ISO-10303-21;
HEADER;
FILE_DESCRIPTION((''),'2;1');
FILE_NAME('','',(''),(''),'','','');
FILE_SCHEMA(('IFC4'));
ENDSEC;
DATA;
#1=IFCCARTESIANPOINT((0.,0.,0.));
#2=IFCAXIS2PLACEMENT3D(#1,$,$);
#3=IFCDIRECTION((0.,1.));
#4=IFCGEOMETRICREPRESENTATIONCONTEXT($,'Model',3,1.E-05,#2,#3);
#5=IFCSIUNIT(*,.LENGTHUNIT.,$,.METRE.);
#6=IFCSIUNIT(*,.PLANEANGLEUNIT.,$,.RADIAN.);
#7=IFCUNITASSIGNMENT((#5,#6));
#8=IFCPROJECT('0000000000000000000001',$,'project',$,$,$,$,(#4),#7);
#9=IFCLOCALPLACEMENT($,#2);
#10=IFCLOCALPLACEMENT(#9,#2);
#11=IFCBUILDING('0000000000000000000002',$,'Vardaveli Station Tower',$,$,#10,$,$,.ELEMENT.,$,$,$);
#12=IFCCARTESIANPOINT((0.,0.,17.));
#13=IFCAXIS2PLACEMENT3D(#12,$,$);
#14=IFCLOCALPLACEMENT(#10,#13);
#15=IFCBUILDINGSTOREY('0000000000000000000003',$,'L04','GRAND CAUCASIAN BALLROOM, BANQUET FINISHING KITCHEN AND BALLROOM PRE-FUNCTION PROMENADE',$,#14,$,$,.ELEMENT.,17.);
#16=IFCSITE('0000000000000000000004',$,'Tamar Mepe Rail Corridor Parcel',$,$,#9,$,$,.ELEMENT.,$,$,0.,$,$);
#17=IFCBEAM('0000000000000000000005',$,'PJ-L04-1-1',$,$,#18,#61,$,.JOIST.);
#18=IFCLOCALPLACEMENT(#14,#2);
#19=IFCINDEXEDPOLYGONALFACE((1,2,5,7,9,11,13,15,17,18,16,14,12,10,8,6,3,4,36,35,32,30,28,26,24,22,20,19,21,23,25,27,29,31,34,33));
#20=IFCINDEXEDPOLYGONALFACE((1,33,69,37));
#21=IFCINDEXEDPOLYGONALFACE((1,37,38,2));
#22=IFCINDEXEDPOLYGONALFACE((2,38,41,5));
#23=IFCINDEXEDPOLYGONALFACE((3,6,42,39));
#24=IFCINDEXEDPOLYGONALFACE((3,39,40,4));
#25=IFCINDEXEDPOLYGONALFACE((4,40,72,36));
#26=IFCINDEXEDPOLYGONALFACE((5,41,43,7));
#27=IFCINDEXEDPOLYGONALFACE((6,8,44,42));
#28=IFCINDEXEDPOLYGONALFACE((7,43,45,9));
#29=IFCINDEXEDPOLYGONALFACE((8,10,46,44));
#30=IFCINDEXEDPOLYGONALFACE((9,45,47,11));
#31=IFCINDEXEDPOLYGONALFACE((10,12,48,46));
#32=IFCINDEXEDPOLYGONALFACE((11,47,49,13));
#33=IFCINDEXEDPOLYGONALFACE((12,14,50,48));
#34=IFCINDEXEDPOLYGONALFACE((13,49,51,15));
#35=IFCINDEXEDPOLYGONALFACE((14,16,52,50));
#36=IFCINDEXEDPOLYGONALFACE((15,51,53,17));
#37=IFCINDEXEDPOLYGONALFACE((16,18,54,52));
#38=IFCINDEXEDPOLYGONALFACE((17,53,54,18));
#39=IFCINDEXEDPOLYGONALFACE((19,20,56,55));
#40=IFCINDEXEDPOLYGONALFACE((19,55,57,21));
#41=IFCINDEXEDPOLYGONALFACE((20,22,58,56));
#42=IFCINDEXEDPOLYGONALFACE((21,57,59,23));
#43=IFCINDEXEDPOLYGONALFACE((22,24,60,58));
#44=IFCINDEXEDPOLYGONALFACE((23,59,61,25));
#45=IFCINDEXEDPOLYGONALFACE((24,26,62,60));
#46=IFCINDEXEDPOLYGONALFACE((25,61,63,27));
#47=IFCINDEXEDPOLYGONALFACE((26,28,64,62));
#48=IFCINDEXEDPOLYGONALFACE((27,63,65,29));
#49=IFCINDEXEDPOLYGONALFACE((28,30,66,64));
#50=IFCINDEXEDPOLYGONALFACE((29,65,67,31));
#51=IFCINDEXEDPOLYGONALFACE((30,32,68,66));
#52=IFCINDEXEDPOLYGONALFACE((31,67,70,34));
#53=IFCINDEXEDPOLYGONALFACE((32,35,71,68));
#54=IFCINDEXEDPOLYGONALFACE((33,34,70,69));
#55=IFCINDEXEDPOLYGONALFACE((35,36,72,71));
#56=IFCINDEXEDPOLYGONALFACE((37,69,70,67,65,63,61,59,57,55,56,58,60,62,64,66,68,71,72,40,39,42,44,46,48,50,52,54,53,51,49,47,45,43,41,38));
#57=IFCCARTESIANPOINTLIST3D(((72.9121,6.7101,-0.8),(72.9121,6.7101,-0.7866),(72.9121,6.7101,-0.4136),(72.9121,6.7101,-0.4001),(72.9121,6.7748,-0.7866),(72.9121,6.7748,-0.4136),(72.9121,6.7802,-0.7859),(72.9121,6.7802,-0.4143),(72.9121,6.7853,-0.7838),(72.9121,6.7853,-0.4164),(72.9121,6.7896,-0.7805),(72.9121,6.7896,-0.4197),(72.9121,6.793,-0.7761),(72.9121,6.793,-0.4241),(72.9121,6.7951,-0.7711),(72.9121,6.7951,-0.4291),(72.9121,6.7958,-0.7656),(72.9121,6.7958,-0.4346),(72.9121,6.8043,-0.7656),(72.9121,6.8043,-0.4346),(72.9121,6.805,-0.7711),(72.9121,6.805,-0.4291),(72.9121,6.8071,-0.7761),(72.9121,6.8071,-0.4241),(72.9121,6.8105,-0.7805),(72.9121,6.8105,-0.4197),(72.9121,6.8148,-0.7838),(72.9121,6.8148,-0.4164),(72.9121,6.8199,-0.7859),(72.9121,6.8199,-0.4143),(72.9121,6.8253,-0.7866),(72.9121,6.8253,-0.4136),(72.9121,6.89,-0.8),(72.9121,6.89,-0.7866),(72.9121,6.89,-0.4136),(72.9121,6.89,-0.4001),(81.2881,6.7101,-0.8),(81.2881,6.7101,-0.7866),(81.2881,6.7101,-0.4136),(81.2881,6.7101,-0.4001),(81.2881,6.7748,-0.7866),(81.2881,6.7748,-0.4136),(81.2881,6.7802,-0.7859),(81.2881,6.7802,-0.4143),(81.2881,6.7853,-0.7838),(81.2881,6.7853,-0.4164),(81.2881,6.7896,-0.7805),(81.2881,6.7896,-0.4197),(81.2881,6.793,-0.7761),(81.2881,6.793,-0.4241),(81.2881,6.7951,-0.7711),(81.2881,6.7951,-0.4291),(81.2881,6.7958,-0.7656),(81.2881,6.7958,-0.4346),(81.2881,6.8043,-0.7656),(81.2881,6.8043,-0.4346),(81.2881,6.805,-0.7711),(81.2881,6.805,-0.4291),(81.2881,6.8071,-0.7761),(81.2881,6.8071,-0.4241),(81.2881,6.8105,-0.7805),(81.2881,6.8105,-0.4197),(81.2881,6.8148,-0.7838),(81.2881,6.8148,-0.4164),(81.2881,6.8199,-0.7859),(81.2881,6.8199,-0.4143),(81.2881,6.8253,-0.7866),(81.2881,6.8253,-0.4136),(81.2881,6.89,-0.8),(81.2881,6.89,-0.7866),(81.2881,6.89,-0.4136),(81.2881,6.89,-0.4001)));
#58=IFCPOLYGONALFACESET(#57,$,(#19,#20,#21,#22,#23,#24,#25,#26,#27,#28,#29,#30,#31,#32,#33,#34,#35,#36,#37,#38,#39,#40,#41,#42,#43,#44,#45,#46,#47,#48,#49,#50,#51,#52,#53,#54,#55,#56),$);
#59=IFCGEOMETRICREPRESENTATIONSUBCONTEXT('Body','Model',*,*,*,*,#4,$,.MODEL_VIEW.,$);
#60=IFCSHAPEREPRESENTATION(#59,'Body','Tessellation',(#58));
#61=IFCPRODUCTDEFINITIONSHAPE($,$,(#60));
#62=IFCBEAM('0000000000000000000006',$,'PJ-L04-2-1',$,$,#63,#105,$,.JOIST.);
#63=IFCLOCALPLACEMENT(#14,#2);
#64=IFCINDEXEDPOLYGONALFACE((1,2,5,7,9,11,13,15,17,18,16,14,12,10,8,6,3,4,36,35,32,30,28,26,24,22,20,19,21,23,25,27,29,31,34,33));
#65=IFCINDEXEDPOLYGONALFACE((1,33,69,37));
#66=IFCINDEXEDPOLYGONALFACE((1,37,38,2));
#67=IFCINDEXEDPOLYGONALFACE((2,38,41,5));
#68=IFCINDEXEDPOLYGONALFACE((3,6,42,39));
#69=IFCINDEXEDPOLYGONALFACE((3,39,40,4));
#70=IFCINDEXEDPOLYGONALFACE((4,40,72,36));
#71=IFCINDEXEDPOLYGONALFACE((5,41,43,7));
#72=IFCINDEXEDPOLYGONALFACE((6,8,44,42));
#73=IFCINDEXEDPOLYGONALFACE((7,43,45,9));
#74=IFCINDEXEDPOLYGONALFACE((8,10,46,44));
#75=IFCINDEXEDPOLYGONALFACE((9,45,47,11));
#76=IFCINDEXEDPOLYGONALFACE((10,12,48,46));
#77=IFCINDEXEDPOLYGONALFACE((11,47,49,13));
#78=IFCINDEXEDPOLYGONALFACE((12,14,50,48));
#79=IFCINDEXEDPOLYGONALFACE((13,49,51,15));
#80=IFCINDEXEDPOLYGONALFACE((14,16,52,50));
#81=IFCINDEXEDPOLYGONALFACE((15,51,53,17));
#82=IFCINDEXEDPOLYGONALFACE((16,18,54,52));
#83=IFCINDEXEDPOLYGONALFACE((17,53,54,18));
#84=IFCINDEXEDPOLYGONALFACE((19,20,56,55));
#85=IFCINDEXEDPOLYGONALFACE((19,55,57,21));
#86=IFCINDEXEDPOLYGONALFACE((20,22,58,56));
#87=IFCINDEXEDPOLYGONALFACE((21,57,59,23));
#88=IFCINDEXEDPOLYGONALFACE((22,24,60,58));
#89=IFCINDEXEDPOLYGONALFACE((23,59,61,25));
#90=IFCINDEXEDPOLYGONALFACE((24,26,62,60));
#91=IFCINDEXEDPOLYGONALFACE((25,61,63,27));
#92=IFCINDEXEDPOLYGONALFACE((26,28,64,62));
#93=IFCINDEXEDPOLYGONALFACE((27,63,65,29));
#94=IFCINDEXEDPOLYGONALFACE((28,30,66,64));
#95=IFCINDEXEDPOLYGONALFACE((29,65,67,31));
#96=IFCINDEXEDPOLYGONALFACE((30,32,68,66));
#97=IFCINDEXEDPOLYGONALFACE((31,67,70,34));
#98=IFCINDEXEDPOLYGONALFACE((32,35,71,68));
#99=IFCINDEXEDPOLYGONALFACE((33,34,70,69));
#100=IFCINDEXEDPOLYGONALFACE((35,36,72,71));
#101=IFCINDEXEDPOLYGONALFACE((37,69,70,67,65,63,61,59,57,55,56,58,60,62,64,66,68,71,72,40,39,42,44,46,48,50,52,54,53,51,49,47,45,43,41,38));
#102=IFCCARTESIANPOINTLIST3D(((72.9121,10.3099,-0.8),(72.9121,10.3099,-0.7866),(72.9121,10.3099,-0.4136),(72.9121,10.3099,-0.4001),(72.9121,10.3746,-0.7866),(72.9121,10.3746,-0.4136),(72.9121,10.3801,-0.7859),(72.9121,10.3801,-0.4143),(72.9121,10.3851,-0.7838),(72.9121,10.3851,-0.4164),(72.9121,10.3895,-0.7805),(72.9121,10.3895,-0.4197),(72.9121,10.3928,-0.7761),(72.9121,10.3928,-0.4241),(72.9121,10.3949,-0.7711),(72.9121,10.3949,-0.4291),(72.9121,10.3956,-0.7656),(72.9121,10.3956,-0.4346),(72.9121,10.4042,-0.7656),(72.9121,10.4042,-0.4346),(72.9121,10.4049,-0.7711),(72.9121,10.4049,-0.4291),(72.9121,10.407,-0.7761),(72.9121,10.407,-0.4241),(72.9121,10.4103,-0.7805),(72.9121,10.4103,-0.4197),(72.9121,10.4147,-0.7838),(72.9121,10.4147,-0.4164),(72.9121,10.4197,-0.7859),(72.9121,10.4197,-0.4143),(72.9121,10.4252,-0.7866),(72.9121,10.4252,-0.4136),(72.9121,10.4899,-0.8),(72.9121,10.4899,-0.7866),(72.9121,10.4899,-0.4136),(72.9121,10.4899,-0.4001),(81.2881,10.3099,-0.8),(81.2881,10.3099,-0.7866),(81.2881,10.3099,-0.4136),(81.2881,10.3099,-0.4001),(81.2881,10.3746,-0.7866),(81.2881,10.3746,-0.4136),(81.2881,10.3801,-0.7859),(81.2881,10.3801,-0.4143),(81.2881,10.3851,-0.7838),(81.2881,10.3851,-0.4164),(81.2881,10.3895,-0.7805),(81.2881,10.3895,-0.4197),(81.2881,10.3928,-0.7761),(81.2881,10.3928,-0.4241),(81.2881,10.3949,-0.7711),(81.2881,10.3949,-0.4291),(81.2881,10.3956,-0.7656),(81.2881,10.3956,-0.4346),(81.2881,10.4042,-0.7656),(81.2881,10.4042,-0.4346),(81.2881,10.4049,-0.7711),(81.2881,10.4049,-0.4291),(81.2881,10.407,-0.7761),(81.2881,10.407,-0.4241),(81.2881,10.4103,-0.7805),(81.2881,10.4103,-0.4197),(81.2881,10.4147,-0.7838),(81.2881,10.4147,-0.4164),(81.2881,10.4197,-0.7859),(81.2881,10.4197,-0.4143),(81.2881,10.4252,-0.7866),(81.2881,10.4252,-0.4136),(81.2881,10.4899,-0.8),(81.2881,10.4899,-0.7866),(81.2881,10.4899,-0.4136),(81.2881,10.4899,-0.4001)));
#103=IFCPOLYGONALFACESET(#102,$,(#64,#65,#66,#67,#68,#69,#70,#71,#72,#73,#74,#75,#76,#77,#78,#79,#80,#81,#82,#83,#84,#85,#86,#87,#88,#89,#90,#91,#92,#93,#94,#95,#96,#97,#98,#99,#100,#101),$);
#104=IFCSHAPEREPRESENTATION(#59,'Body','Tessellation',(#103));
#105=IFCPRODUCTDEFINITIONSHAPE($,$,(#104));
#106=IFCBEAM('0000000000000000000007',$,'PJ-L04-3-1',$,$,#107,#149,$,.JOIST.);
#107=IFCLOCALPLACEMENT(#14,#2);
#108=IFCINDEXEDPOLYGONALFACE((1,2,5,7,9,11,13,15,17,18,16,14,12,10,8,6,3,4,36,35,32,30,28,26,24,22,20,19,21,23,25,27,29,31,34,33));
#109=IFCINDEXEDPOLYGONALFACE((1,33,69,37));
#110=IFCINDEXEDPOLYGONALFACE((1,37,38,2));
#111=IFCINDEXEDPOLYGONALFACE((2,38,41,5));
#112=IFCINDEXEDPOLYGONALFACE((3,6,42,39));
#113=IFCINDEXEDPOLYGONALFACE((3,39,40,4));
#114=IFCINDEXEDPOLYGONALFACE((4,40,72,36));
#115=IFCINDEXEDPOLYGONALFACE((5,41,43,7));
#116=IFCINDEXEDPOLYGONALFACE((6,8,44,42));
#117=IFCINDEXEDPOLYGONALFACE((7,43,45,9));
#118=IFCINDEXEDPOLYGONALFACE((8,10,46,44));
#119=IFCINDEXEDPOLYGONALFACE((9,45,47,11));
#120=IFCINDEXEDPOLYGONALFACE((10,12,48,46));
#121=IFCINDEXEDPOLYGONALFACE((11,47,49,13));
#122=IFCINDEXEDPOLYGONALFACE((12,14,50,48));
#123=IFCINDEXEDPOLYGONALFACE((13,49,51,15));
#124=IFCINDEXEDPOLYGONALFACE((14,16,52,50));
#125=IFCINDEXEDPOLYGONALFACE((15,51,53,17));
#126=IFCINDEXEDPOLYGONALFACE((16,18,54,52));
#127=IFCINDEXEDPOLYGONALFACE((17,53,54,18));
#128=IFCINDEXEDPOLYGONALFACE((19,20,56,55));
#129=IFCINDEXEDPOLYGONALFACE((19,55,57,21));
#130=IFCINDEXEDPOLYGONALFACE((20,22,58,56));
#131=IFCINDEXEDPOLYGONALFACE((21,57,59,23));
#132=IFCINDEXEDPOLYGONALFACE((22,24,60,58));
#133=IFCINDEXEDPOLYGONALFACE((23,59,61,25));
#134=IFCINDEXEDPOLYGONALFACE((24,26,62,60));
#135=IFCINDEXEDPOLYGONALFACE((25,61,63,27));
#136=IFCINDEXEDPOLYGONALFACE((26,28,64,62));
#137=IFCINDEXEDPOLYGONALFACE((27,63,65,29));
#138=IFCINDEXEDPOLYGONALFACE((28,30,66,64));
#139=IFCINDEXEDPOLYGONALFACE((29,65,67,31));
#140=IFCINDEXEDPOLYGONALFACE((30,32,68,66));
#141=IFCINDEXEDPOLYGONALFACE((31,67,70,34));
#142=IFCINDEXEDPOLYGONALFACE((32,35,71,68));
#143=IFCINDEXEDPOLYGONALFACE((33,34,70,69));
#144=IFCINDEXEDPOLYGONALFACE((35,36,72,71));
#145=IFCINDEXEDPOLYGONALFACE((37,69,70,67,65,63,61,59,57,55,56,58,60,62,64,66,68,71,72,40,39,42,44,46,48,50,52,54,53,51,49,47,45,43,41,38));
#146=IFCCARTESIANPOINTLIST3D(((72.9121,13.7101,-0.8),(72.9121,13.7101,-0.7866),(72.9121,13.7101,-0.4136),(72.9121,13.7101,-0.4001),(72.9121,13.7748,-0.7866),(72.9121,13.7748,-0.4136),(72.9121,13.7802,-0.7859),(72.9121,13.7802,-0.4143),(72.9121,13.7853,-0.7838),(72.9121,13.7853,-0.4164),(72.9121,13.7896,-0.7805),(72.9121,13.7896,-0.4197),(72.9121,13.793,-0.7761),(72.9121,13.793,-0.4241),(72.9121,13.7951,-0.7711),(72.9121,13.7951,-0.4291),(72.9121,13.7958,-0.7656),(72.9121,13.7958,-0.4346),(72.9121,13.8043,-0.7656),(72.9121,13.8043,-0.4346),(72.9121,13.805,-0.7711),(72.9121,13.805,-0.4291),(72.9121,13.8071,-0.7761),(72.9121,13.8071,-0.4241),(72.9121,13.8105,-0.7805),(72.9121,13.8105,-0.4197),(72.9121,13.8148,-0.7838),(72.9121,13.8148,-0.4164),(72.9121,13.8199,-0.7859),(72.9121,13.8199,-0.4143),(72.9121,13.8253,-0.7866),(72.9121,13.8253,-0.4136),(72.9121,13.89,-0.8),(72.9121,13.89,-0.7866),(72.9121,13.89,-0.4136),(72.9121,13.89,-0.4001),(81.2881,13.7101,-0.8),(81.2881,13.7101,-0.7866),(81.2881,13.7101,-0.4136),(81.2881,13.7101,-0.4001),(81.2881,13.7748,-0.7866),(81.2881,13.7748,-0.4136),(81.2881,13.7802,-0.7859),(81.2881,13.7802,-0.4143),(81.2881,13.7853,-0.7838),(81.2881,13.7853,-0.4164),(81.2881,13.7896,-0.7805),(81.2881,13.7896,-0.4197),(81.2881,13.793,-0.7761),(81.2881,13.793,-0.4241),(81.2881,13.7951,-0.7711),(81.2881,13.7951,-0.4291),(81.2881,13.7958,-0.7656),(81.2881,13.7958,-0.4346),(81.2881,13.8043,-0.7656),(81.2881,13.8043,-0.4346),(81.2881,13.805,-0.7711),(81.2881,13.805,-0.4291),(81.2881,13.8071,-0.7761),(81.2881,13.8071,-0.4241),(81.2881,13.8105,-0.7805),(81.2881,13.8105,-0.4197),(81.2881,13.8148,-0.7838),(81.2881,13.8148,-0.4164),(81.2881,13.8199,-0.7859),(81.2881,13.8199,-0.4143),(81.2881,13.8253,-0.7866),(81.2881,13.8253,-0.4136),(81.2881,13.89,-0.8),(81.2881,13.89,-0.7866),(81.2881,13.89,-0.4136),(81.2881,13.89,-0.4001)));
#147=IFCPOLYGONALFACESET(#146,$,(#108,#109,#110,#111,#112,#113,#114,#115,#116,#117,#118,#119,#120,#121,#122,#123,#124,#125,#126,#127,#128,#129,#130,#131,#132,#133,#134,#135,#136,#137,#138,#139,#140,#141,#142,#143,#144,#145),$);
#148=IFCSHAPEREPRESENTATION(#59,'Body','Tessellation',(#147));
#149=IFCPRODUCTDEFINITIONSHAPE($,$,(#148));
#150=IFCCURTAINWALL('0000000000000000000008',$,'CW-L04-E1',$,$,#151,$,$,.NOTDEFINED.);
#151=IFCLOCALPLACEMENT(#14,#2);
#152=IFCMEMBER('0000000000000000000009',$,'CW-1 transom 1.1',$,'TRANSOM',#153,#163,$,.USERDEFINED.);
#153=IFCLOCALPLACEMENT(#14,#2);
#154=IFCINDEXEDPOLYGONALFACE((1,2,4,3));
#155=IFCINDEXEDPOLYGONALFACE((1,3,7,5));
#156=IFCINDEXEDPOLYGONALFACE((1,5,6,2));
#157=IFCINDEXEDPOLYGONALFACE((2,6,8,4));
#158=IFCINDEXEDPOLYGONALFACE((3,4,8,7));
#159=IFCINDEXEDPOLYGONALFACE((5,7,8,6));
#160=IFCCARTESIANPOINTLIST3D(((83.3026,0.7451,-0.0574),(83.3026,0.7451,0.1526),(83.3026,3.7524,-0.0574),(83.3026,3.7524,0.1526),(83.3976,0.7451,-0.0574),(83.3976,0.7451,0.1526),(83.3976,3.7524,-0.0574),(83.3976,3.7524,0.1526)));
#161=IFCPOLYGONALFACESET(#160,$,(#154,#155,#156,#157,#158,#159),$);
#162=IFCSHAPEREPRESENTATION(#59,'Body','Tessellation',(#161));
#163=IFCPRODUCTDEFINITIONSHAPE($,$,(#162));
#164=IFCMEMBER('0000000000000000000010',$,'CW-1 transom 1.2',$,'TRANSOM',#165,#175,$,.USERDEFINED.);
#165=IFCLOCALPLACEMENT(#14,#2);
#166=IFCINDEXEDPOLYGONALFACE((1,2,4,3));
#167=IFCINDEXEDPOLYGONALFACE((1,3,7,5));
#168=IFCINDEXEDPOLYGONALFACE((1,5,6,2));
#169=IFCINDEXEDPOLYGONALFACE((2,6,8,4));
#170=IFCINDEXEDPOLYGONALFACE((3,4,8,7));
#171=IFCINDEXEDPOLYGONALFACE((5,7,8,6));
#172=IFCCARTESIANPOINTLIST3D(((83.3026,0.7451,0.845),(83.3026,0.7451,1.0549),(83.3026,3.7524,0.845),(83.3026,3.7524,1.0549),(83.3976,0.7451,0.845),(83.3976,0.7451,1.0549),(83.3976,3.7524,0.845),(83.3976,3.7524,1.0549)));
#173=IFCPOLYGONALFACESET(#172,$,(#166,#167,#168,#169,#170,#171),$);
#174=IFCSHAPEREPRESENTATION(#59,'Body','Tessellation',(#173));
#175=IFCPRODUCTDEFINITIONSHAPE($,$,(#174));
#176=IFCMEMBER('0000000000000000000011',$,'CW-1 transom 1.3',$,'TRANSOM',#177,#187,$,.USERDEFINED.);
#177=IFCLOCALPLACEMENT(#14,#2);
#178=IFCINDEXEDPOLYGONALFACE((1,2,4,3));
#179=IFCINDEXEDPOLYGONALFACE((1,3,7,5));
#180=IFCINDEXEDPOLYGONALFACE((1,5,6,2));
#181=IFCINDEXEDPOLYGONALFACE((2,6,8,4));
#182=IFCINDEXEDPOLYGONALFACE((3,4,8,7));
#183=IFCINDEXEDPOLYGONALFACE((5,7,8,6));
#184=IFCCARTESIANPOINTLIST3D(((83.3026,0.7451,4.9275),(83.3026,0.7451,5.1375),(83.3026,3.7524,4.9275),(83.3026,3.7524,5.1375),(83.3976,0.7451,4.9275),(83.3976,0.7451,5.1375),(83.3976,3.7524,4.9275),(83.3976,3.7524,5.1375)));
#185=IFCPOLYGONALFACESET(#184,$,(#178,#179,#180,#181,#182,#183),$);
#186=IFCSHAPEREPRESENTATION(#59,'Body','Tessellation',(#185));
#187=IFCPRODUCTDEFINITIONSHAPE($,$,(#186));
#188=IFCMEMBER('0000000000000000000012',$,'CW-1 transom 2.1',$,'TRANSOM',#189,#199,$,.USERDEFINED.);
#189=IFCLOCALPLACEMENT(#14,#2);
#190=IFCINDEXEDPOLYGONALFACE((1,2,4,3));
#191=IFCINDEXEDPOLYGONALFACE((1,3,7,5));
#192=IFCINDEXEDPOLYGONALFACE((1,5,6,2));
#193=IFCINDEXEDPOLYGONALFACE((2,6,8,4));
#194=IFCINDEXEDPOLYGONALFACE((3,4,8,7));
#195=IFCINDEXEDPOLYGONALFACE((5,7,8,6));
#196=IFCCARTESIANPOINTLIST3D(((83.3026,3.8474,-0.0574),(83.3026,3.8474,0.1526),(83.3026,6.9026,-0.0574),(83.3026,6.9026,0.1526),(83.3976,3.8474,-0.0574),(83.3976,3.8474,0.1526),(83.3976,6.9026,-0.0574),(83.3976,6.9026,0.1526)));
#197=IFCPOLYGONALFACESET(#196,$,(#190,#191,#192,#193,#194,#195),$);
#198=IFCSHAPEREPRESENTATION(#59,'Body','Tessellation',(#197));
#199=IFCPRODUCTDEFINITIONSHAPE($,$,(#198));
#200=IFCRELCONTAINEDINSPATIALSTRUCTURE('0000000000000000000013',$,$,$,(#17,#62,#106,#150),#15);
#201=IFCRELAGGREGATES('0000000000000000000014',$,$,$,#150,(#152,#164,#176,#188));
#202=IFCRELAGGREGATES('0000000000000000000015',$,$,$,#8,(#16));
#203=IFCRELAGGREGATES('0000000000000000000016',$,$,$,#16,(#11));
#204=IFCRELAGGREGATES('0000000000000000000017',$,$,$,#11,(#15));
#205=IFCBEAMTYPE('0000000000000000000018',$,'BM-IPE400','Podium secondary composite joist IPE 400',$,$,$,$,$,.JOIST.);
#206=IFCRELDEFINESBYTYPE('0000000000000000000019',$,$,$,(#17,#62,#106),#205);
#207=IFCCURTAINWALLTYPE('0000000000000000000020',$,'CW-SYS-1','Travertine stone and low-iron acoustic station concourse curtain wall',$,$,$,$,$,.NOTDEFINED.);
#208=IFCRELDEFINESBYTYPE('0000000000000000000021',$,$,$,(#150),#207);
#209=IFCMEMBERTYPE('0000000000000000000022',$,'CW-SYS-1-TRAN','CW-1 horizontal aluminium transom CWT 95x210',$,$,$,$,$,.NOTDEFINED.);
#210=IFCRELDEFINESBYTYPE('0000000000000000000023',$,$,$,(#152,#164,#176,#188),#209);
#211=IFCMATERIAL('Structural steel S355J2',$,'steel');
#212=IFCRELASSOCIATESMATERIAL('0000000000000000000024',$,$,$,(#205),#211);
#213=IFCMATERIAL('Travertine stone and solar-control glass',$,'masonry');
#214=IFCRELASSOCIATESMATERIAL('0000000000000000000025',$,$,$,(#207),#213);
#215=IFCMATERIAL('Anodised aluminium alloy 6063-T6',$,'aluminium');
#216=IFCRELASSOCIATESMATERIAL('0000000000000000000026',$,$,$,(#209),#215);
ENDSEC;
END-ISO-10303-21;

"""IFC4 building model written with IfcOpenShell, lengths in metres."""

from ifc_helpers import new_model, si_unit, direction, frame, origin, origin_2d, place, context, subcontext, project, spatial, rectangle, i_section, extrude, source, transform, mapped, material, material_profile, profile_set, type_object, element, aggregate, save


model = new_model("IFC4")

# Units and contexts
model_context = context("Model", 3, precision=1e-05, world=origin(), true_north=direction((0.0, 1.0)))
body_context = subcontext(model_context, "Body", "Model", "MODEL_VIEW")
ifc_project = project(units=[si_unit("LENGTHUNIT", "METRE"), si_unit("PLANEANGLEUNIT", "RADIAN")], contexts=[model_context])

# Site, building, storey
site_placement = place(None, origin())
site = spatial("IfcSite", under=ifc_project, at=site_placement, Name="Tamar Mepe Rail Corridor Parcel", CompositionType="ELEMENT", RefElevation=0.0)
building_placement = place(site_placement, origin())
building = spatial("IfcBuilding", under=site, at=building_placement, Name="Vardaveli Station Tower", CompositionType="ELEMENT")
storey_placement = place(building_placement, frame((0.0, 0.0, 17.0)))
storey = spatial("IfcBuildingStorey", under=building, at=storey_placement, Name="L04", Description="GRAND CAUCASIAN BALLROOM, BANQUET FINISHING KITCHEN AND BALLROOM PRE-FUNCTION PROMENADE", CompositionType="ELEMENT", Elevation=17.0)

# Beams
ifc_material_1 = material(Name="Structural steel S355J2", Category="steel")
ifc_material_profile_1 = material_profile(ifc_material_1, i_section(OverallWidth=0.1799, OverallDepth=0.3999, WebThickness=0.0085, FlangeThickness=0.0134, FilletRadius=0.021, at=origin_2d()), Name="IPE 400")
ifc_profile_set_1 = profile_set([ifc_material_profile_1], Name="Structural steel S355J2")
beam_type_1 = type_object("IfcBeamType", Name="BM-IPE400", Description="Podium secondary composite joist IPE 400", PredefinedType="JOIST", material=ifc_profile_set_1)
shared_shape_1 = source(origin(), body_context, "Body", "SweptSolid", [
    extrude(i_section(OverallWidth=0.1799, OverallDepth=0.3999, WebThickness=0.0085, FlangeThickness=0.0134, FilletRadius=0.021, at=origin_2d()), origin(), (0.0, 0.0, 1.0), 8.376),
])
for number, where, z_axis, x_axis, name in (
    (1, (72.9121, 6.8, -0.6001), (1.0, 0.0, 0.0), (0.0, 1.0, 0.0), "PJ-L04-1-1"),
    (2, (72.9121, 10.3999, -0.6001), (1.0, 0.0, 0.0), (0.0, 1.0, 0.0), "PJ-L04-2-1"),
    (3, (72.9121, 13.8, -0.6001), (1.0, 0.0, 0.0), (0.0, 1.0, 0.0), "PJ-L04-3-1"),
):
    element("IfcBeam", number, at=place(storey_placement, frame(where, z_axis=z_axis, x_axis=x_axis)), inside=storey, type_object=beam_type_1, Name=name, PredefinedType="JOIST", context=body_context, shape_type="MappedRepresentation", body=[
        mapped(shared_shape_1, transform((0.0, 0.0, 0.0), scale=1.0)),
    ])

# Curtain wall, members
ifc_material_2 = material(Name="Travertine stone and solar-control glass", Category="masonry")
curtain_wall_type = type_object("IfcCurtainWallType", Name="CW-SYS-1", Description="Travertine stone and low-iron acoustic station concourse curtain wall", PredefinedType="NOTDEFINED", material=ifc_material_2)
curtain_wall_placement = place(storey_placement, origin())
curtain_wall = element("IfcCurtainWall", 4, at=curtain_wall_placement, inside=storey, type_object=curtain_wall_type, Name="CW-L04-E1", PredefinedType="NOTDEFINED")
ifc_material_3 = material(Name="Anodised aluminium alloy 6063-T6", Category="aluminium")
ifc_material_profile_2 = material_profile(ifc_material_3, rectangle(XDim=0.095, YDim=0.21, at=origin_2d()), Name="CWT 95x210")
ifc_profile_set_2 = profile_set([ifc_material_profile_2], Name="Anodised aluminium alloy 6063-T6")
member_type_1 = type_object("IfcMemberType", Name="CW-SYS-1-TRAN", Description="CW-1 horizontal aluminium transom CWT 95x210", PredefinedType="NOTDEFINED", material=ifc_profile_set_2)
shared_shape_2 = source(origin(), body_context, "Body", "SweptSolid", [
    extrude(rectangle(XDim=0.095, YDim=0.21, at=origin_2d()), origin(), (0.0, 0.0, 1.0), 3.0073),
])
member_1_placement = place(storey_placement, frame((83.3501, 0.7451, 0.0476), z_axis=(0.0, 1.0, 0.0), x_axis=(-1.0, 0.0, 0.0)))
member_1 = element("IfcMember", 5, at=member_1_placement, type_object=member_type_1, Name="CW-1 transom 1.1", ObjectType="TRANSOM", PredefinedType="USERDEFINED", context=body_context, shape_type="MappedRepresentation", body=[
    mapped(shared_shape_2, transform((0.0, 0.0, 0.0), scale=1.0)),
])
member_2_placement = place(storey_placement, frame((83.3501, 0.7451, 0.95), z_axis=(0.0, 1.0, 0.0), x_axis=(-1.0, 0.0, 0.0)))
member_2 = element("IfcMember", 6, at=member_2_placement, type_object=member_type_1, Name="CW-1 transom 1.2", ObjectType="TRANSOM", PredefinedType="USERDEFINED", context=body_context, shape_type="MappedRepresentation", body=[
    mapped(shared_shape_2, transform((0.0, 0.0, 0.0), scale=1.0)),
])
member_3_placement = place(storey_placement, frame((83.3501, 0.7451, 5.0325), z_axis=(0.0, 1.0, 0.0), x_axis=(-1.0, 0.0, 0.0)))
member_3 = element("IfcMember", 7, at=member_3_placement, type_object=member_type_1, Name="CW-1 transom 1.3", ObjectType="TRANSOM", PredefinedType="USERDEFINED", context=body_context, shape_type="MappedRepresentation", body=[
    mapped(shared_shape_2, transform((0.0, 0.0, 0.0), scale=1.0)),
])
shared_shape_3 = source(origin(), body_context, "Body", "SweptSolid", [
    extrude(rectangle(XDim=0.095, YDim=0.21, at=origin_2d()), origin(), (0.0, 0.0, 1.0), 3.0552),
])
member_4_placement = place(storey_placement, frame((83.3501, 3.8474, 0.0476), z_axis=(0.0, 1.0, 0.0), x_axis=(-1.0, 0.0, 0.0)))
member_4 = element("IfcMember", 8, at=member_4_placement, type_object=member_type_1, Name="CW-1 transom 2.1", ObjectType="TRANSOM", PredefinedType="USERDEFINED", context=body_context, shape_type="MappedRepresentation", body=[
    mapped(shared_shape_3, transform((0.0, 0.0, 0.0), scale=1.0)),
])
aggregate(curtain_wall, [member_1, member_2, member_3, member_4])

save(model, "model.ifc")
